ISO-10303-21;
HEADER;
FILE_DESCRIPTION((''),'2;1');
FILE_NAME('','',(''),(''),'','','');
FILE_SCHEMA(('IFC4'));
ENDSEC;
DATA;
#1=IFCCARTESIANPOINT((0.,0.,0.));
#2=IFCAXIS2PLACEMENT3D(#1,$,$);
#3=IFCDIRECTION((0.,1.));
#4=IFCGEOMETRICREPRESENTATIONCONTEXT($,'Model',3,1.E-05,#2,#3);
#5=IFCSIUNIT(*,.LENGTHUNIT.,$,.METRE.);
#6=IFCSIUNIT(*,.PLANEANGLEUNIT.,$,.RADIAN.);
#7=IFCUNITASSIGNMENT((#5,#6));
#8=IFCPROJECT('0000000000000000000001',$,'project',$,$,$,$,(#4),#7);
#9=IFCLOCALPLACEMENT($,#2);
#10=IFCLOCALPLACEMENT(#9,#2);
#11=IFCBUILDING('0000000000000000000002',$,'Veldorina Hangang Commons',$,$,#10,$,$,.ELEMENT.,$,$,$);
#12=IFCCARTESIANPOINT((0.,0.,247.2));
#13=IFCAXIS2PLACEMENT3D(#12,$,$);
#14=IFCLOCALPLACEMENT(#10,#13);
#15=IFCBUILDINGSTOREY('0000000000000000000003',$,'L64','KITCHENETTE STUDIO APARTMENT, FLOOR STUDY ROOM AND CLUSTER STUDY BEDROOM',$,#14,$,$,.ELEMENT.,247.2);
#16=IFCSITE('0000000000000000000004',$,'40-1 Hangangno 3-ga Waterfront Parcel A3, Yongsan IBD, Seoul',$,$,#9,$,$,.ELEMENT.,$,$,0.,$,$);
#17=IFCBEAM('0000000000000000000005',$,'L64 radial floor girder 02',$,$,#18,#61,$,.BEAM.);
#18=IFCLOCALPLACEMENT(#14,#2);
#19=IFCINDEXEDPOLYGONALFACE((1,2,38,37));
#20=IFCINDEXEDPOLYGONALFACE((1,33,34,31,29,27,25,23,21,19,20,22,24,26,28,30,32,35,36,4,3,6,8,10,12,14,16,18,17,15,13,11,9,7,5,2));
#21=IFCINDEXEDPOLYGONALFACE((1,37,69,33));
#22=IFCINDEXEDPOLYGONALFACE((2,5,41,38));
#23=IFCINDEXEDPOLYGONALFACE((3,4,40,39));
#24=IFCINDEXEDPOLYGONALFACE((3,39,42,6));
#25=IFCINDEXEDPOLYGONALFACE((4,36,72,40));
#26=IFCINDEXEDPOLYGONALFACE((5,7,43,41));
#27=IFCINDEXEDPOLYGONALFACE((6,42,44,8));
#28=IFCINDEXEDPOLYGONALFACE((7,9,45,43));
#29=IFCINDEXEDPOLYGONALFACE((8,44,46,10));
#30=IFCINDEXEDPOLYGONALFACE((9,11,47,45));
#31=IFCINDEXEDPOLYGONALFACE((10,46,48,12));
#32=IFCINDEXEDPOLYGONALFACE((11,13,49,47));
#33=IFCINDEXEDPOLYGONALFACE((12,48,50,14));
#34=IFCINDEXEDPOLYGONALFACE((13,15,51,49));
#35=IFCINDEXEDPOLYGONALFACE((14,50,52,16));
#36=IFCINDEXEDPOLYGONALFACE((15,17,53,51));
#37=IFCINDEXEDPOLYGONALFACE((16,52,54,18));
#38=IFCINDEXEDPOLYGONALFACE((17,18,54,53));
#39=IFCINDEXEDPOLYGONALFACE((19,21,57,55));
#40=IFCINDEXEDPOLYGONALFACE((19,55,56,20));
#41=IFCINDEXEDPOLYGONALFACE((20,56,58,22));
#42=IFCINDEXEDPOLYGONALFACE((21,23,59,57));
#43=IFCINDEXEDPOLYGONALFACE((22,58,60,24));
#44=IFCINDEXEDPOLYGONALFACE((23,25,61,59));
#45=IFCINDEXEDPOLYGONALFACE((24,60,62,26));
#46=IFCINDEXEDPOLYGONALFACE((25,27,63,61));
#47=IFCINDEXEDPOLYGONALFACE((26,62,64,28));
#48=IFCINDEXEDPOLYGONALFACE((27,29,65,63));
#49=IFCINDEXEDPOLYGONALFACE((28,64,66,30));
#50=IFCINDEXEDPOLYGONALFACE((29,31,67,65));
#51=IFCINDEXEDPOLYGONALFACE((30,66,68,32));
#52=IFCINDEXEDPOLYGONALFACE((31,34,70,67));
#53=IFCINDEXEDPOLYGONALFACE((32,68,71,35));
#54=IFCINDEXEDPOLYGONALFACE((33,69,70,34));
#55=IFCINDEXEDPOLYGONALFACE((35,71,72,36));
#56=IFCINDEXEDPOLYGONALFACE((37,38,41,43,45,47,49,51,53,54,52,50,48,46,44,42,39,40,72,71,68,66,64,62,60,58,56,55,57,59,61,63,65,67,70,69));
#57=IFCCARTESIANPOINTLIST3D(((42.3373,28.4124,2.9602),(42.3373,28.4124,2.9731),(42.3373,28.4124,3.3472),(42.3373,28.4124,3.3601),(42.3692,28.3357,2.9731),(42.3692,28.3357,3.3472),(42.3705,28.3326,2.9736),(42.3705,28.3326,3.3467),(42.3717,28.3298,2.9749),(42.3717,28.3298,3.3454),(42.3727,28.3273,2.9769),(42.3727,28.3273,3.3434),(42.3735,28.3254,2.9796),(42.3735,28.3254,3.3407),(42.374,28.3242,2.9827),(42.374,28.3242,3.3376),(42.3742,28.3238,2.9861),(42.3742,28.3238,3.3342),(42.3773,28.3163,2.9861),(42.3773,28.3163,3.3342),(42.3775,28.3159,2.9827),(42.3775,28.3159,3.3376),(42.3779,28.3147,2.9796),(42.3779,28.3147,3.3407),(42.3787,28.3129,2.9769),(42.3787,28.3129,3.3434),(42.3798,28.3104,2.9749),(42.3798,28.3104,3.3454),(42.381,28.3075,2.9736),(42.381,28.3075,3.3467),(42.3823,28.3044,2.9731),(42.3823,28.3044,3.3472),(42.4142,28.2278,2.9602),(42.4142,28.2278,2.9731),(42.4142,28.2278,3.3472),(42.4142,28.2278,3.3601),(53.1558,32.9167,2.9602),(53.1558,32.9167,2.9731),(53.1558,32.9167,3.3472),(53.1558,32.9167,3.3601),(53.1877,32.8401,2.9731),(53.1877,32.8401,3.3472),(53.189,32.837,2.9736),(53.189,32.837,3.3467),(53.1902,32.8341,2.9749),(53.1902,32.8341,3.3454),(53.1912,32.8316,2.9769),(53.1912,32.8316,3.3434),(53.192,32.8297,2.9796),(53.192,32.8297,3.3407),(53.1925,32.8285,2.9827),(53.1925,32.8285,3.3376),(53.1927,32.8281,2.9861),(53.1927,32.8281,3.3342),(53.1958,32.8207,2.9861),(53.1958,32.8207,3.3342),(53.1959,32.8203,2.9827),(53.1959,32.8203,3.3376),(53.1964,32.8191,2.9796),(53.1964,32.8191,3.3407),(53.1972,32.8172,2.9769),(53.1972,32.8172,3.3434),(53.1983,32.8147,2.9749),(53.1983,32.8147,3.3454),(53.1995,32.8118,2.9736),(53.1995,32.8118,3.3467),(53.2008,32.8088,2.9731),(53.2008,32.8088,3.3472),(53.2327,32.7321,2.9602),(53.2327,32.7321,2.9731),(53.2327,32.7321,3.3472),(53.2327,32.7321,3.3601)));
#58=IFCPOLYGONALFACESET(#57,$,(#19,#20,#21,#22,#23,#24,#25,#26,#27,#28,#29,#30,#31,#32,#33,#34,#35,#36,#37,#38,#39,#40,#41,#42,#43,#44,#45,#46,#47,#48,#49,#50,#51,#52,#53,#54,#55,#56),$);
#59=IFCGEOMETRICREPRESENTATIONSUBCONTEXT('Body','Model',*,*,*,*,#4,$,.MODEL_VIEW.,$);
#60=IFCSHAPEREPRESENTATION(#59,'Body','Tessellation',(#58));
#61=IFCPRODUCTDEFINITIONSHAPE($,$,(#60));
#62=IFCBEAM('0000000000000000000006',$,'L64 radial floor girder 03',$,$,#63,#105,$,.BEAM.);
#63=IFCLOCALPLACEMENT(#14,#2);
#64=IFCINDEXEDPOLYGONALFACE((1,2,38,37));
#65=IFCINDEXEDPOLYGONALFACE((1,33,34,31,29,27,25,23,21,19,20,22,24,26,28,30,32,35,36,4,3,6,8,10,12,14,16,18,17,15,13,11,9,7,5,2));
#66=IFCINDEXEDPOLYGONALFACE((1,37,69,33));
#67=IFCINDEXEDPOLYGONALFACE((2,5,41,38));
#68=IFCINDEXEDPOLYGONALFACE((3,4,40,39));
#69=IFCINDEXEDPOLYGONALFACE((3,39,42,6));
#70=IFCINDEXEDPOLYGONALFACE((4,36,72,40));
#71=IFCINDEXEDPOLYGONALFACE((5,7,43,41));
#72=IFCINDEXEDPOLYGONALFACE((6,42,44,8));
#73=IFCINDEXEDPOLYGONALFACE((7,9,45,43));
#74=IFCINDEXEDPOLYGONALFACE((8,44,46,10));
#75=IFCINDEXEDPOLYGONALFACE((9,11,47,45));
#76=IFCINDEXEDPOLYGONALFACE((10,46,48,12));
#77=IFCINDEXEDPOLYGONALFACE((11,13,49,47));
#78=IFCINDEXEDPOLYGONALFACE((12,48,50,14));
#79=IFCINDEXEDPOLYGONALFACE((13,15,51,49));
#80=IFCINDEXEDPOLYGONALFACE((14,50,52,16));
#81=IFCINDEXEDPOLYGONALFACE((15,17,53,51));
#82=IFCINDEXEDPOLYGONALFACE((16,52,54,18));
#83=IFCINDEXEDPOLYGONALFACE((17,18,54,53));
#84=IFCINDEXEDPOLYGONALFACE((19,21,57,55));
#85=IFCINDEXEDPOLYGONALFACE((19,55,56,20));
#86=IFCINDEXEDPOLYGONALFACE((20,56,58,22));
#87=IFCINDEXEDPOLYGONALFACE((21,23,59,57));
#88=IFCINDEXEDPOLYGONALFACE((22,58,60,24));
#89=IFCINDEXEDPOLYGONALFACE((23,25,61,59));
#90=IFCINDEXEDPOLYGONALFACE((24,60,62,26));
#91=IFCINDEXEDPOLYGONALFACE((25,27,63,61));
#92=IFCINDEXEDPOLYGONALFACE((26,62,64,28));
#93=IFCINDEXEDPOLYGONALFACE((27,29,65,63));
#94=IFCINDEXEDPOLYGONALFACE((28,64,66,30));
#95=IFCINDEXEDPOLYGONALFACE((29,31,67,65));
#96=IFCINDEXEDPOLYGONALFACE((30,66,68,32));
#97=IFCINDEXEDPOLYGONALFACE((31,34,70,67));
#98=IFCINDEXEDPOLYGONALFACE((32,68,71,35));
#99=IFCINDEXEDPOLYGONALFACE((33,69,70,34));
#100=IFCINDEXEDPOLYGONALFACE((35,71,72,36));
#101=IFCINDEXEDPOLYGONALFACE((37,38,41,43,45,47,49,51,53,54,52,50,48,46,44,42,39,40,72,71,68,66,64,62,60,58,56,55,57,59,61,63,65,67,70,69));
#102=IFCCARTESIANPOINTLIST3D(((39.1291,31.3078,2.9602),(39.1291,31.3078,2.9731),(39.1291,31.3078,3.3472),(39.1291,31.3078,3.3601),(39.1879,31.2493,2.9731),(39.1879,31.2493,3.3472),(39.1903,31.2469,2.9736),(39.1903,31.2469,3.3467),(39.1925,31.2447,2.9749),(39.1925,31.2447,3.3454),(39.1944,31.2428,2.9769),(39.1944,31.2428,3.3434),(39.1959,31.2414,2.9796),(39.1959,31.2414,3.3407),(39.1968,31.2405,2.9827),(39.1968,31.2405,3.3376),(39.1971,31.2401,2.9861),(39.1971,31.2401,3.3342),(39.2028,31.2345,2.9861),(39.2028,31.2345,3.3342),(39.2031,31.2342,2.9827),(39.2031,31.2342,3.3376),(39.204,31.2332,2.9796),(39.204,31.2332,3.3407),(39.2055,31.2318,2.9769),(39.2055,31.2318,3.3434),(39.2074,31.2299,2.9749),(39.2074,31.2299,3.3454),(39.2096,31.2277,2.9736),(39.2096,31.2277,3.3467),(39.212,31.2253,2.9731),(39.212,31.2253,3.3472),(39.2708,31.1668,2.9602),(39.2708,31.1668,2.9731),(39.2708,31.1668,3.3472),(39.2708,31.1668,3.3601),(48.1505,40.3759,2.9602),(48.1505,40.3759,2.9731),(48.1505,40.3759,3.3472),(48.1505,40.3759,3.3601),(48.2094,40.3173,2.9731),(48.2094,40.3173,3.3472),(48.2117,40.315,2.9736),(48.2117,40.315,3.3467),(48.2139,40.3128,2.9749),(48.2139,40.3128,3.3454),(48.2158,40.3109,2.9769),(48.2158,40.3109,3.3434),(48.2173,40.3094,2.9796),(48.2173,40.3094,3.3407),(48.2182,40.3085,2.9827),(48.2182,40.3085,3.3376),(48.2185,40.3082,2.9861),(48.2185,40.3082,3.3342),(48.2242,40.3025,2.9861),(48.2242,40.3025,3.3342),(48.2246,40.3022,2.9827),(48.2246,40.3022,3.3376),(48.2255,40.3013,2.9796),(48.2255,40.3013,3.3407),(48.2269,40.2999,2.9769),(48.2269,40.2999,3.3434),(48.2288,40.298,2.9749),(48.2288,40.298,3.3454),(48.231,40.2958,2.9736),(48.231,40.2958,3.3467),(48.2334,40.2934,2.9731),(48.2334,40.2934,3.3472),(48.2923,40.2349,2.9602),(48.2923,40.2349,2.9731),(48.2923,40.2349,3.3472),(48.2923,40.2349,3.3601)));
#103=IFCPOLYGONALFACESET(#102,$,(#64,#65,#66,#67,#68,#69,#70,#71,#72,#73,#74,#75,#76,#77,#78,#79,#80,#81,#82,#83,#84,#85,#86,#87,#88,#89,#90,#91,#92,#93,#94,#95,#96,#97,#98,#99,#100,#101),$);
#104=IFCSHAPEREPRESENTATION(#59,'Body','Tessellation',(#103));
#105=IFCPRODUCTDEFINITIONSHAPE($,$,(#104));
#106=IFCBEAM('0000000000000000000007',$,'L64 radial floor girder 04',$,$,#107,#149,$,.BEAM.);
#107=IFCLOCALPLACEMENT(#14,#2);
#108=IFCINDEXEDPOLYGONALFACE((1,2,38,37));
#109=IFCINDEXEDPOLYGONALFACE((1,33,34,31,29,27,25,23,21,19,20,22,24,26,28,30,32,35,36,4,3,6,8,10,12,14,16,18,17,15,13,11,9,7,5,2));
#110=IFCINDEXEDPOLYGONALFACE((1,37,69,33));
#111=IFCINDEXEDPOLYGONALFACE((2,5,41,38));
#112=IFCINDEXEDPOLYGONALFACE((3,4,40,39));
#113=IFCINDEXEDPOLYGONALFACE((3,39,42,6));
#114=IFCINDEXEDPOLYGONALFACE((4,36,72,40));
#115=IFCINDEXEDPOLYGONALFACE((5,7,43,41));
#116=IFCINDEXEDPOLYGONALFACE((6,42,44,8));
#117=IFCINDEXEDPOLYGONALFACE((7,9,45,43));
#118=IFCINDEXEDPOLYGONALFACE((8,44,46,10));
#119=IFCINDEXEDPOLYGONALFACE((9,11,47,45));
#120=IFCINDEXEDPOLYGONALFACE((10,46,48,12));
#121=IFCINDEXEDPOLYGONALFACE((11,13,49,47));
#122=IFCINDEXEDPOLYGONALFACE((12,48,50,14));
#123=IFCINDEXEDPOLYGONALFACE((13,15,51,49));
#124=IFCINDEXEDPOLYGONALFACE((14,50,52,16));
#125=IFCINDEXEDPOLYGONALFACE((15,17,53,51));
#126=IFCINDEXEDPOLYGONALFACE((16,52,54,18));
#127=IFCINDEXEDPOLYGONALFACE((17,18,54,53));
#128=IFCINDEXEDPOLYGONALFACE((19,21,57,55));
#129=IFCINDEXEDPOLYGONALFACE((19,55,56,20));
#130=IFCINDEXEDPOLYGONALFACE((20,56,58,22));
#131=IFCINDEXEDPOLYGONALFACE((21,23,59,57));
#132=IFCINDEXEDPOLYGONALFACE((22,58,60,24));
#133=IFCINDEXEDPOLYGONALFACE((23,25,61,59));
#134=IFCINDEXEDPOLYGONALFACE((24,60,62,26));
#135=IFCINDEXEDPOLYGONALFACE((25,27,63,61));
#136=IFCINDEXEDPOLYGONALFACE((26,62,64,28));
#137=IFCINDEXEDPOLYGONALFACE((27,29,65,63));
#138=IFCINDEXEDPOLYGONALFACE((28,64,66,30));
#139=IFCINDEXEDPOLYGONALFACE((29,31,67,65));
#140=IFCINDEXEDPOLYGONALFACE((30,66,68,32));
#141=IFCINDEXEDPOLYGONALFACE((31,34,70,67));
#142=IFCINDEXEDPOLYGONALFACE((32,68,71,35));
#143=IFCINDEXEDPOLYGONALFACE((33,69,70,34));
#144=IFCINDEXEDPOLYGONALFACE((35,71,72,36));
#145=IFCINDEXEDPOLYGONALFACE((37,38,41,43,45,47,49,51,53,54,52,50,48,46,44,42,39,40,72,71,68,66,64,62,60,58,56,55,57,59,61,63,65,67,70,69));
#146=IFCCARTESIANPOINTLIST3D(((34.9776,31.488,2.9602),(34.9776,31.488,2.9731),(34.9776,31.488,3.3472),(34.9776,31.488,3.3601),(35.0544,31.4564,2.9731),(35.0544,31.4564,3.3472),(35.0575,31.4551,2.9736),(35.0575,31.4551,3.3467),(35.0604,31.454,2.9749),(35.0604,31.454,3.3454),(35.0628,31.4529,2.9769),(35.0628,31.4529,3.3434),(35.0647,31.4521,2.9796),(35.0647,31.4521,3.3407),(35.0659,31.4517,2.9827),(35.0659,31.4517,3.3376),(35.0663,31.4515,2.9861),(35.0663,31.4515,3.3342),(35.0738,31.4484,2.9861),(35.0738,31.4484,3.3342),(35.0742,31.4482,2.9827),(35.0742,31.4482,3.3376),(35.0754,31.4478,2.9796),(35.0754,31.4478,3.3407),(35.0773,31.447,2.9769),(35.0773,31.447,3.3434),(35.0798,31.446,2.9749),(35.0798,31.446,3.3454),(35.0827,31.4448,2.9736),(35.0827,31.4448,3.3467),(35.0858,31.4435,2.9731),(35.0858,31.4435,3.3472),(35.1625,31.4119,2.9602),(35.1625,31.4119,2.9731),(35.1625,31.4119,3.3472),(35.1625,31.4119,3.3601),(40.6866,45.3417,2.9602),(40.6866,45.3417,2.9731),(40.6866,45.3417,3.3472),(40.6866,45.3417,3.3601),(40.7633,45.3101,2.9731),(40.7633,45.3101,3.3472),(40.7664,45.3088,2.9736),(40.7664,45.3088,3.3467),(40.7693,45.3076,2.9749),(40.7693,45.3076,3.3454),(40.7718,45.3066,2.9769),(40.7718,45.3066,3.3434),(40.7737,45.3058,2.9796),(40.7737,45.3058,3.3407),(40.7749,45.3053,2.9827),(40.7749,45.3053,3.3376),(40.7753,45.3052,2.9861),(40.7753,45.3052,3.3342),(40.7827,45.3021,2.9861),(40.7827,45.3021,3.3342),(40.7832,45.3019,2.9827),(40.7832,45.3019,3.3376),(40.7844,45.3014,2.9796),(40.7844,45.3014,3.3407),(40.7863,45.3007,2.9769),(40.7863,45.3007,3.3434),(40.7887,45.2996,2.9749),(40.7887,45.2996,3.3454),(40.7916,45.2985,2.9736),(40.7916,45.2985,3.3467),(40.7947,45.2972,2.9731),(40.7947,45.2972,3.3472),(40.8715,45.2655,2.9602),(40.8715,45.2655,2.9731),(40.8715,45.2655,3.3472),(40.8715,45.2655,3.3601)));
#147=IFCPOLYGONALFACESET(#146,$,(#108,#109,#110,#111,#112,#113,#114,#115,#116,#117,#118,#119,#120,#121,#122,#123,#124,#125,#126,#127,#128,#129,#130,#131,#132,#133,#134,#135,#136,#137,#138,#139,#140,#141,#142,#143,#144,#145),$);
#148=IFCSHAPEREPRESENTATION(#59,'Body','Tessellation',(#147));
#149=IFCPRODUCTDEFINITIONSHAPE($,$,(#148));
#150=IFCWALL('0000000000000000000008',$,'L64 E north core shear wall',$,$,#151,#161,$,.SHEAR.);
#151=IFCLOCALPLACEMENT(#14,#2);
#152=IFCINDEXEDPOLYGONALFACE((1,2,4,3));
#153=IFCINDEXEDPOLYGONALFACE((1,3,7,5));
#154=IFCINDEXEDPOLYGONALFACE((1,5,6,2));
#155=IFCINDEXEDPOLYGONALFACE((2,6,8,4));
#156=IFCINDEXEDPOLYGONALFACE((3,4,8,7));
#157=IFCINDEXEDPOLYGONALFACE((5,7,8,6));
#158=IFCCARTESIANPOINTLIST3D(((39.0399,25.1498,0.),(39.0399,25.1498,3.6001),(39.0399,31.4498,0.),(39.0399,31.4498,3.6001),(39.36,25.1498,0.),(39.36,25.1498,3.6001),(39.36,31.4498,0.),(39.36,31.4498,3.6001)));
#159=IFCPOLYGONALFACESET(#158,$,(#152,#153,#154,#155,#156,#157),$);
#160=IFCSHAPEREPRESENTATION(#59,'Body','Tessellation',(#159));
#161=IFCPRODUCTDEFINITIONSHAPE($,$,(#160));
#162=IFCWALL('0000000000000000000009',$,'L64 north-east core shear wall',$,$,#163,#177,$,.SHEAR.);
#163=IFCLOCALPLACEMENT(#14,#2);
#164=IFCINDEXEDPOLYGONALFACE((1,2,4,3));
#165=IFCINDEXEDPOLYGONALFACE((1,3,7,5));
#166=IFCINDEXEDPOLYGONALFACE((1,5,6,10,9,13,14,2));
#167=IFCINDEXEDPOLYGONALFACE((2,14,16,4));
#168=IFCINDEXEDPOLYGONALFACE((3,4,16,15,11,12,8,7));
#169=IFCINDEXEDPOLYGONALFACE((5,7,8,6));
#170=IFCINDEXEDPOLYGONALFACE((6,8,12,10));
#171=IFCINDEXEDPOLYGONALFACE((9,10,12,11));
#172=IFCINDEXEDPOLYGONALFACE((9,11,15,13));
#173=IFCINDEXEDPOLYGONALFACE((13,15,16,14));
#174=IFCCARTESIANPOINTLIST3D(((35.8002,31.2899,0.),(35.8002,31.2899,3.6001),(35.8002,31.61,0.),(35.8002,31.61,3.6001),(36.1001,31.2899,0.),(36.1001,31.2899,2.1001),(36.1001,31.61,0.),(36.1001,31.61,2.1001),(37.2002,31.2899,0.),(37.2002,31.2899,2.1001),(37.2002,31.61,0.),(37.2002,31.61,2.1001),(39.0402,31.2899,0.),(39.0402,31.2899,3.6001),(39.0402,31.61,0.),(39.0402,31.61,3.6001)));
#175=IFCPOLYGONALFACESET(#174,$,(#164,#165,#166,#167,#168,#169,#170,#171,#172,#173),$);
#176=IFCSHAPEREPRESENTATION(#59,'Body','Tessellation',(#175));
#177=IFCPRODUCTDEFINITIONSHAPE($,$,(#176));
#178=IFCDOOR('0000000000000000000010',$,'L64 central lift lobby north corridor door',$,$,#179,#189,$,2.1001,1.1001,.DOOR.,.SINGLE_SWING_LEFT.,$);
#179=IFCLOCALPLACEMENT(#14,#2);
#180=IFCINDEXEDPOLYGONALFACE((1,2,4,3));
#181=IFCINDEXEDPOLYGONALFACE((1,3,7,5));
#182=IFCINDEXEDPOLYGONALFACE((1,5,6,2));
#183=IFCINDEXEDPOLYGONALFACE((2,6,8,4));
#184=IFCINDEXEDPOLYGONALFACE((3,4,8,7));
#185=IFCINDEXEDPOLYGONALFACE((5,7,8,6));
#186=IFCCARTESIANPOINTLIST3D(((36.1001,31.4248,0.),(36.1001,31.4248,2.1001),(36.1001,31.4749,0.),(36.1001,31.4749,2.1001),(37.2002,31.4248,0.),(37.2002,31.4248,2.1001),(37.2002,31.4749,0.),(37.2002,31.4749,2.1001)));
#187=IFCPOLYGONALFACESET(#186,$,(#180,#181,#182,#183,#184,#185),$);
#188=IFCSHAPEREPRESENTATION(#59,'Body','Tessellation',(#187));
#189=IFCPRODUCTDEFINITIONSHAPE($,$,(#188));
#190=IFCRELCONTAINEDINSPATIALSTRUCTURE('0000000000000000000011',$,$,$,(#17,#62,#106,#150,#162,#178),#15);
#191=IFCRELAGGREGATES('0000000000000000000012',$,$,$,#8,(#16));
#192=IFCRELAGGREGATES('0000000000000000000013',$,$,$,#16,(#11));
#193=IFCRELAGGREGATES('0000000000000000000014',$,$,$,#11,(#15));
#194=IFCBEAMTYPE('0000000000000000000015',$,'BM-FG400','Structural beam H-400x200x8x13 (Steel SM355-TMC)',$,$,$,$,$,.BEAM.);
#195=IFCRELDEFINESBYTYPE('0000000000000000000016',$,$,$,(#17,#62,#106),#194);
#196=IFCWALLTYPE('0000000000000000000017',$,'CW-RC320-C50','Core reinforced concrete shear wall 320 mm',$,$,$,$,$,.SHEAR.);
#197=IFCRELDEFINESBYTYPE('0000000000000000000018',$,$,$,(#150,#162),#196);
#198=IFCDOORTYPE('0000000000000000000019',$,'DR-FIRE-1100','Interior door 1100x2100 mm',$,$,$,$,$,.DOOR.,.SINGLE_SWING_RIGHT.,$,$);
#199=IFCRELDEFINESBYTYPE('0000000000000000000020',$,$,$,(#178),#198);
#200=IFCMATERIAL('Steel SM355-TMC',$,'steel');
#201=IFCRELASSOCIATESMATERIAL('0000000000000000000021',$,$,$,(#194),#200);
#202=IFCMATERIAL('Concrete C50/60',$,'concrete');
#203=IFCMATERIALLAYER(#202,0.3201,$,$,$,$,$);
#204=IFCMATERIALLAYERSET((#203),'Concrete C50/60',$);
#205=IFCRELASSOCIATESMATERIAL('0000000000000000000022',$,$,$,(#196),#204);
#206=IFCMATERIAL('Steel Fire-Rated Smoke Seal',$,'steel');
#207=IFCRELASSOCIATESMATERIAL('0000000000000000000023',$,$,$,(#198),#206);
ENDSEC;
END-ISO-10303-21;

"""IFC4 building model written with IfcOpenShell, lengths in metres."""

from ifc_helpers import new_model, si_unit, direction, frame, frame_2d, origin, origin_2d, place, context, subcontext, project, spatial, rectangle, i_section, extrude, material, layer, layer_set, material_profile, profile_set, type_object, element, fill, save


model = new_model("IFC4")

# Units and contexts
model_context = context("Model", 3, precision=1e-05, world=origin(), true_north=direction((0.0, 1.0)))
body_context = subcontext(model_context, "Body", "Model", "MODEL_VIEW")
ifc_project = project(units=[si_unit("LENGTHUNIT", "METRE"), si_unit("PLANEANGLEUNIT", "RADIAN")], contexts=[model_context])

# Site, building, storey
site_placement = place(None, origin())
site = spatial("IfcSite", under=ifc_project, at=site_placement, Name="40-1 Hangangno 3-ga Waterfront Parcel A3, Yongsan IBD, Seoul", CompositionType="ELEMENT", RefElevation=0.0)
building_placement = place(site_placement, origin())
building = spatial("IfcBuilding", under=site, at=building_placement, Name="Veldorina Hangang Commons", CompositionType="ELEMENT")
storey_placement = place(building_placement, frame((0.0, 0.0, 247.2)))
storey = spatial("IfcBuildingStorey", under=building, at=storey_placement, Name="L64", Description="KITCHENETTE STUDIO APARTMENT, FLOOR STUDY ROOM AND CLUSTER STUDY BEDROOM", CompositionType="ELEMENT", Elevation=247.2)

# Beams
ifc_material_1 = material(Name="Steel SM355-TMC", Category="steel")
ifc_material_profile = material_profile(ifc_material_1, i_section(OverallWidth=0.2, OverallDepth=0.3999, WebThickness=0.0081, FlangeThickness=0.0129, FilletRadius=0.0129, at=origin_2d()), Name="H-400x200x8x13")
ifc_profile_set = profile_set([ifc_material_profile], Name="Steel SM355-TMC")
beam_type = type_object("IfcBeamType", Name="BM-FG400", Description="Structural beam H-400x200x8x13 (Steel SM355-TMC)", PredefinedType="BEAM", material=ifc_profile_set)
beam_1_placement = place(storey_placement, frame((42.3757, 28.3201, 3.1602), z_axis=(0.923179, 0.384371, 0.0), x_axis=(-0.384371, 0.923179, 0.0)))
element("IfcBeam", 1, at=beam_1_placement, inside=storey, type_object=beam_type, Name="L64 radial floor girder 02", PredefinedType="BEAM", context=body_context, shape_type="SweptSolid", body=[
    extrude(i_section(OverallWidth=0.2, OverallDepth=0.3999, WebThickness=0.0081, FlangeThickness=0.0129, FilletRadius=0.0129, at=origin_2d()), origin(), (0.0, 0.0, 1.0), 11.7188),
])
beam_2_placement = place(storey_placement, frame((39.2, 31.2373, 3.1602), z_axis=(0.705282, 0.708927, 0.0), x_axis=(-0.708927, 0.705282, 0.0)))
element("IfcBeam", 2, at=beam_2_placement, inside=storey, type_object=beam_type, Name="L64 radial floor girder 03", PredefinedType="BEAM", context=body_context, shape_type="SweptSolid", body=[
    extrude(i_section(OverallWidth=0.2, OverallDepth=0.3999, WebThickness=0.0081, FlangeThickness=0.0129, FilletRadius=0.0129, at=origin_2d()), origin(), (0.0, 0.0, 1.0), 12.7913),
])
beam_3_placement = place(storey_placement, frame((35.0701, 31.45, 3.1602), z_axis=(0.381006, 0.924572, 0.0), x_axis=(-0.924572, 0.381006, 0.0)))
element("IfcBeam", 3, at=beam_3_placement, inside=storey, type_object=beam_type, Name="L64 radial floor girder 04", PredefinedType="BEAM", context=body_context, shape_type="SweptSolid", body=[
    extrude(i_section(OverallWidth=0.2, OverallDepth=0.3999, WebThickness=0.0081, FlangeThickness=0.0129, FilletRadius=0.0129, at=origin_2d()), origin(), (0.0, 0.0, 1.0), 14.9839),
])

# Wall
ifc_material_2 = material(Name="Concrete C50/60", Category="concrete")
ifc_layer_1 = layer(ifc_material_2, 0.3201)
ifc_layer_set_1 = layer_set([ifc_layer_1], Name="Concrete C50/60")
wall_type_1 = type_object("IfcWallType", Name="CW-RC320-C50", Description="Core reinforced concrete shear wall 320 mm", PredefinedType="SHEAR", material=ifc_layer_set_1)
wall_1_placement = place(storey_placement, frame((39.2, 25.1499, 0.0), z_axis=(0.0, 0.0, 1.0), x_axis=(0.0, 1.0, 0.0)))
element("IfcWall", 4, at=wall_1_placement, inside=storey, type_object=wall_type_1, Name="L64 E north core shear wall", PredefinedType="SHEAR", context=body_context, shape_type="SweptSolid", body=[
    extrude(rectangle(XDim=6.3, YDim=0.3201, at=frame_2d((3.1499, 0.0))), origin(), (0.0, 0.0, 1.0), 3.6001),
])

# Wall, opening, door
wall_2_placement = place(storey_placement, frame((35.8, 31.45, 0.0), z_axis=(0.0, 0.0, 1.0), x_axis=(1.0, 0.0, 0.0)))
wall_2 = element("IfcWall", 5, at=wall_2_placement, inside=storey, type_object=wall_type_1, Name="L64 north-east core shear wall", PredefinedType="SHEAR", context=body_context, shape_type="SweptSolid", body=[
    extrude(rectangle(XDim=3.24, YDim=0.3201, at=frame_2d((1.6201, 0.0))), origin(), (0.0, 0.0, 1.0), 3.6001),
])
opening_1_placement = place(wall_2_placement, frame((0.3, 0.0, 0.0)))
opening_1 = element("IfcOpeningElement", 6, at=opening_1_placement, cuts=wall_2, PredefinedType="OPENING", context=body_context, shape_type="SweptSolid", body=[
    extrude(rectangle(XDim=1.1001, YDim=2.1001, at=frame_2d((0.55, 1.05))), frame((0.0, 0.1699, 0.0), z_axis=(0.0, -1.0, 0.0), x_axis=(1.0, 0.0, 0.0)), (0.0, 0.0, 1.0), 0.3401),
])
ifc_material_3 = material(Name="Steel Fire-Rated Smoke Seal", Category="steel")
door_type_1 = type_object("IfcDoorType", Name="DR-FIRE-1100", Description="Interior door 1100x2100 mm", OperationType="SINGLE_SWING_RIGHT", PredefinedType="DOOR", material=ifc_material_3)
door_1_placement = place(opening_1_placement, origin())
door_1 = element("IfcDoor", 7, at=door_1_placement, inside=storey, type_object=door_type_1, Name="L64 central lift lobby north corridor door", OperationType="SINGLE_SWING_LEFT", OverallHeight=2.1001, OverallWidth=1.1001, PredefinedType="DOOR", context=body_context, shape_type="SweptSolid", body=[
    extrude(rectangle(XDim=1.1001, YDim=2.1001, at=frame_2d((0.55, 1.05))), frame((0.0, 0.0249, 0.0), z_axis=(0.0, -1.0, 0.0), x_axis=(1.0, 0.0, 0.0)), (0.0, 0.0, 1.0), 0.05),
])
fill(opening_1, door_1)

save(model, "model.ifc")
